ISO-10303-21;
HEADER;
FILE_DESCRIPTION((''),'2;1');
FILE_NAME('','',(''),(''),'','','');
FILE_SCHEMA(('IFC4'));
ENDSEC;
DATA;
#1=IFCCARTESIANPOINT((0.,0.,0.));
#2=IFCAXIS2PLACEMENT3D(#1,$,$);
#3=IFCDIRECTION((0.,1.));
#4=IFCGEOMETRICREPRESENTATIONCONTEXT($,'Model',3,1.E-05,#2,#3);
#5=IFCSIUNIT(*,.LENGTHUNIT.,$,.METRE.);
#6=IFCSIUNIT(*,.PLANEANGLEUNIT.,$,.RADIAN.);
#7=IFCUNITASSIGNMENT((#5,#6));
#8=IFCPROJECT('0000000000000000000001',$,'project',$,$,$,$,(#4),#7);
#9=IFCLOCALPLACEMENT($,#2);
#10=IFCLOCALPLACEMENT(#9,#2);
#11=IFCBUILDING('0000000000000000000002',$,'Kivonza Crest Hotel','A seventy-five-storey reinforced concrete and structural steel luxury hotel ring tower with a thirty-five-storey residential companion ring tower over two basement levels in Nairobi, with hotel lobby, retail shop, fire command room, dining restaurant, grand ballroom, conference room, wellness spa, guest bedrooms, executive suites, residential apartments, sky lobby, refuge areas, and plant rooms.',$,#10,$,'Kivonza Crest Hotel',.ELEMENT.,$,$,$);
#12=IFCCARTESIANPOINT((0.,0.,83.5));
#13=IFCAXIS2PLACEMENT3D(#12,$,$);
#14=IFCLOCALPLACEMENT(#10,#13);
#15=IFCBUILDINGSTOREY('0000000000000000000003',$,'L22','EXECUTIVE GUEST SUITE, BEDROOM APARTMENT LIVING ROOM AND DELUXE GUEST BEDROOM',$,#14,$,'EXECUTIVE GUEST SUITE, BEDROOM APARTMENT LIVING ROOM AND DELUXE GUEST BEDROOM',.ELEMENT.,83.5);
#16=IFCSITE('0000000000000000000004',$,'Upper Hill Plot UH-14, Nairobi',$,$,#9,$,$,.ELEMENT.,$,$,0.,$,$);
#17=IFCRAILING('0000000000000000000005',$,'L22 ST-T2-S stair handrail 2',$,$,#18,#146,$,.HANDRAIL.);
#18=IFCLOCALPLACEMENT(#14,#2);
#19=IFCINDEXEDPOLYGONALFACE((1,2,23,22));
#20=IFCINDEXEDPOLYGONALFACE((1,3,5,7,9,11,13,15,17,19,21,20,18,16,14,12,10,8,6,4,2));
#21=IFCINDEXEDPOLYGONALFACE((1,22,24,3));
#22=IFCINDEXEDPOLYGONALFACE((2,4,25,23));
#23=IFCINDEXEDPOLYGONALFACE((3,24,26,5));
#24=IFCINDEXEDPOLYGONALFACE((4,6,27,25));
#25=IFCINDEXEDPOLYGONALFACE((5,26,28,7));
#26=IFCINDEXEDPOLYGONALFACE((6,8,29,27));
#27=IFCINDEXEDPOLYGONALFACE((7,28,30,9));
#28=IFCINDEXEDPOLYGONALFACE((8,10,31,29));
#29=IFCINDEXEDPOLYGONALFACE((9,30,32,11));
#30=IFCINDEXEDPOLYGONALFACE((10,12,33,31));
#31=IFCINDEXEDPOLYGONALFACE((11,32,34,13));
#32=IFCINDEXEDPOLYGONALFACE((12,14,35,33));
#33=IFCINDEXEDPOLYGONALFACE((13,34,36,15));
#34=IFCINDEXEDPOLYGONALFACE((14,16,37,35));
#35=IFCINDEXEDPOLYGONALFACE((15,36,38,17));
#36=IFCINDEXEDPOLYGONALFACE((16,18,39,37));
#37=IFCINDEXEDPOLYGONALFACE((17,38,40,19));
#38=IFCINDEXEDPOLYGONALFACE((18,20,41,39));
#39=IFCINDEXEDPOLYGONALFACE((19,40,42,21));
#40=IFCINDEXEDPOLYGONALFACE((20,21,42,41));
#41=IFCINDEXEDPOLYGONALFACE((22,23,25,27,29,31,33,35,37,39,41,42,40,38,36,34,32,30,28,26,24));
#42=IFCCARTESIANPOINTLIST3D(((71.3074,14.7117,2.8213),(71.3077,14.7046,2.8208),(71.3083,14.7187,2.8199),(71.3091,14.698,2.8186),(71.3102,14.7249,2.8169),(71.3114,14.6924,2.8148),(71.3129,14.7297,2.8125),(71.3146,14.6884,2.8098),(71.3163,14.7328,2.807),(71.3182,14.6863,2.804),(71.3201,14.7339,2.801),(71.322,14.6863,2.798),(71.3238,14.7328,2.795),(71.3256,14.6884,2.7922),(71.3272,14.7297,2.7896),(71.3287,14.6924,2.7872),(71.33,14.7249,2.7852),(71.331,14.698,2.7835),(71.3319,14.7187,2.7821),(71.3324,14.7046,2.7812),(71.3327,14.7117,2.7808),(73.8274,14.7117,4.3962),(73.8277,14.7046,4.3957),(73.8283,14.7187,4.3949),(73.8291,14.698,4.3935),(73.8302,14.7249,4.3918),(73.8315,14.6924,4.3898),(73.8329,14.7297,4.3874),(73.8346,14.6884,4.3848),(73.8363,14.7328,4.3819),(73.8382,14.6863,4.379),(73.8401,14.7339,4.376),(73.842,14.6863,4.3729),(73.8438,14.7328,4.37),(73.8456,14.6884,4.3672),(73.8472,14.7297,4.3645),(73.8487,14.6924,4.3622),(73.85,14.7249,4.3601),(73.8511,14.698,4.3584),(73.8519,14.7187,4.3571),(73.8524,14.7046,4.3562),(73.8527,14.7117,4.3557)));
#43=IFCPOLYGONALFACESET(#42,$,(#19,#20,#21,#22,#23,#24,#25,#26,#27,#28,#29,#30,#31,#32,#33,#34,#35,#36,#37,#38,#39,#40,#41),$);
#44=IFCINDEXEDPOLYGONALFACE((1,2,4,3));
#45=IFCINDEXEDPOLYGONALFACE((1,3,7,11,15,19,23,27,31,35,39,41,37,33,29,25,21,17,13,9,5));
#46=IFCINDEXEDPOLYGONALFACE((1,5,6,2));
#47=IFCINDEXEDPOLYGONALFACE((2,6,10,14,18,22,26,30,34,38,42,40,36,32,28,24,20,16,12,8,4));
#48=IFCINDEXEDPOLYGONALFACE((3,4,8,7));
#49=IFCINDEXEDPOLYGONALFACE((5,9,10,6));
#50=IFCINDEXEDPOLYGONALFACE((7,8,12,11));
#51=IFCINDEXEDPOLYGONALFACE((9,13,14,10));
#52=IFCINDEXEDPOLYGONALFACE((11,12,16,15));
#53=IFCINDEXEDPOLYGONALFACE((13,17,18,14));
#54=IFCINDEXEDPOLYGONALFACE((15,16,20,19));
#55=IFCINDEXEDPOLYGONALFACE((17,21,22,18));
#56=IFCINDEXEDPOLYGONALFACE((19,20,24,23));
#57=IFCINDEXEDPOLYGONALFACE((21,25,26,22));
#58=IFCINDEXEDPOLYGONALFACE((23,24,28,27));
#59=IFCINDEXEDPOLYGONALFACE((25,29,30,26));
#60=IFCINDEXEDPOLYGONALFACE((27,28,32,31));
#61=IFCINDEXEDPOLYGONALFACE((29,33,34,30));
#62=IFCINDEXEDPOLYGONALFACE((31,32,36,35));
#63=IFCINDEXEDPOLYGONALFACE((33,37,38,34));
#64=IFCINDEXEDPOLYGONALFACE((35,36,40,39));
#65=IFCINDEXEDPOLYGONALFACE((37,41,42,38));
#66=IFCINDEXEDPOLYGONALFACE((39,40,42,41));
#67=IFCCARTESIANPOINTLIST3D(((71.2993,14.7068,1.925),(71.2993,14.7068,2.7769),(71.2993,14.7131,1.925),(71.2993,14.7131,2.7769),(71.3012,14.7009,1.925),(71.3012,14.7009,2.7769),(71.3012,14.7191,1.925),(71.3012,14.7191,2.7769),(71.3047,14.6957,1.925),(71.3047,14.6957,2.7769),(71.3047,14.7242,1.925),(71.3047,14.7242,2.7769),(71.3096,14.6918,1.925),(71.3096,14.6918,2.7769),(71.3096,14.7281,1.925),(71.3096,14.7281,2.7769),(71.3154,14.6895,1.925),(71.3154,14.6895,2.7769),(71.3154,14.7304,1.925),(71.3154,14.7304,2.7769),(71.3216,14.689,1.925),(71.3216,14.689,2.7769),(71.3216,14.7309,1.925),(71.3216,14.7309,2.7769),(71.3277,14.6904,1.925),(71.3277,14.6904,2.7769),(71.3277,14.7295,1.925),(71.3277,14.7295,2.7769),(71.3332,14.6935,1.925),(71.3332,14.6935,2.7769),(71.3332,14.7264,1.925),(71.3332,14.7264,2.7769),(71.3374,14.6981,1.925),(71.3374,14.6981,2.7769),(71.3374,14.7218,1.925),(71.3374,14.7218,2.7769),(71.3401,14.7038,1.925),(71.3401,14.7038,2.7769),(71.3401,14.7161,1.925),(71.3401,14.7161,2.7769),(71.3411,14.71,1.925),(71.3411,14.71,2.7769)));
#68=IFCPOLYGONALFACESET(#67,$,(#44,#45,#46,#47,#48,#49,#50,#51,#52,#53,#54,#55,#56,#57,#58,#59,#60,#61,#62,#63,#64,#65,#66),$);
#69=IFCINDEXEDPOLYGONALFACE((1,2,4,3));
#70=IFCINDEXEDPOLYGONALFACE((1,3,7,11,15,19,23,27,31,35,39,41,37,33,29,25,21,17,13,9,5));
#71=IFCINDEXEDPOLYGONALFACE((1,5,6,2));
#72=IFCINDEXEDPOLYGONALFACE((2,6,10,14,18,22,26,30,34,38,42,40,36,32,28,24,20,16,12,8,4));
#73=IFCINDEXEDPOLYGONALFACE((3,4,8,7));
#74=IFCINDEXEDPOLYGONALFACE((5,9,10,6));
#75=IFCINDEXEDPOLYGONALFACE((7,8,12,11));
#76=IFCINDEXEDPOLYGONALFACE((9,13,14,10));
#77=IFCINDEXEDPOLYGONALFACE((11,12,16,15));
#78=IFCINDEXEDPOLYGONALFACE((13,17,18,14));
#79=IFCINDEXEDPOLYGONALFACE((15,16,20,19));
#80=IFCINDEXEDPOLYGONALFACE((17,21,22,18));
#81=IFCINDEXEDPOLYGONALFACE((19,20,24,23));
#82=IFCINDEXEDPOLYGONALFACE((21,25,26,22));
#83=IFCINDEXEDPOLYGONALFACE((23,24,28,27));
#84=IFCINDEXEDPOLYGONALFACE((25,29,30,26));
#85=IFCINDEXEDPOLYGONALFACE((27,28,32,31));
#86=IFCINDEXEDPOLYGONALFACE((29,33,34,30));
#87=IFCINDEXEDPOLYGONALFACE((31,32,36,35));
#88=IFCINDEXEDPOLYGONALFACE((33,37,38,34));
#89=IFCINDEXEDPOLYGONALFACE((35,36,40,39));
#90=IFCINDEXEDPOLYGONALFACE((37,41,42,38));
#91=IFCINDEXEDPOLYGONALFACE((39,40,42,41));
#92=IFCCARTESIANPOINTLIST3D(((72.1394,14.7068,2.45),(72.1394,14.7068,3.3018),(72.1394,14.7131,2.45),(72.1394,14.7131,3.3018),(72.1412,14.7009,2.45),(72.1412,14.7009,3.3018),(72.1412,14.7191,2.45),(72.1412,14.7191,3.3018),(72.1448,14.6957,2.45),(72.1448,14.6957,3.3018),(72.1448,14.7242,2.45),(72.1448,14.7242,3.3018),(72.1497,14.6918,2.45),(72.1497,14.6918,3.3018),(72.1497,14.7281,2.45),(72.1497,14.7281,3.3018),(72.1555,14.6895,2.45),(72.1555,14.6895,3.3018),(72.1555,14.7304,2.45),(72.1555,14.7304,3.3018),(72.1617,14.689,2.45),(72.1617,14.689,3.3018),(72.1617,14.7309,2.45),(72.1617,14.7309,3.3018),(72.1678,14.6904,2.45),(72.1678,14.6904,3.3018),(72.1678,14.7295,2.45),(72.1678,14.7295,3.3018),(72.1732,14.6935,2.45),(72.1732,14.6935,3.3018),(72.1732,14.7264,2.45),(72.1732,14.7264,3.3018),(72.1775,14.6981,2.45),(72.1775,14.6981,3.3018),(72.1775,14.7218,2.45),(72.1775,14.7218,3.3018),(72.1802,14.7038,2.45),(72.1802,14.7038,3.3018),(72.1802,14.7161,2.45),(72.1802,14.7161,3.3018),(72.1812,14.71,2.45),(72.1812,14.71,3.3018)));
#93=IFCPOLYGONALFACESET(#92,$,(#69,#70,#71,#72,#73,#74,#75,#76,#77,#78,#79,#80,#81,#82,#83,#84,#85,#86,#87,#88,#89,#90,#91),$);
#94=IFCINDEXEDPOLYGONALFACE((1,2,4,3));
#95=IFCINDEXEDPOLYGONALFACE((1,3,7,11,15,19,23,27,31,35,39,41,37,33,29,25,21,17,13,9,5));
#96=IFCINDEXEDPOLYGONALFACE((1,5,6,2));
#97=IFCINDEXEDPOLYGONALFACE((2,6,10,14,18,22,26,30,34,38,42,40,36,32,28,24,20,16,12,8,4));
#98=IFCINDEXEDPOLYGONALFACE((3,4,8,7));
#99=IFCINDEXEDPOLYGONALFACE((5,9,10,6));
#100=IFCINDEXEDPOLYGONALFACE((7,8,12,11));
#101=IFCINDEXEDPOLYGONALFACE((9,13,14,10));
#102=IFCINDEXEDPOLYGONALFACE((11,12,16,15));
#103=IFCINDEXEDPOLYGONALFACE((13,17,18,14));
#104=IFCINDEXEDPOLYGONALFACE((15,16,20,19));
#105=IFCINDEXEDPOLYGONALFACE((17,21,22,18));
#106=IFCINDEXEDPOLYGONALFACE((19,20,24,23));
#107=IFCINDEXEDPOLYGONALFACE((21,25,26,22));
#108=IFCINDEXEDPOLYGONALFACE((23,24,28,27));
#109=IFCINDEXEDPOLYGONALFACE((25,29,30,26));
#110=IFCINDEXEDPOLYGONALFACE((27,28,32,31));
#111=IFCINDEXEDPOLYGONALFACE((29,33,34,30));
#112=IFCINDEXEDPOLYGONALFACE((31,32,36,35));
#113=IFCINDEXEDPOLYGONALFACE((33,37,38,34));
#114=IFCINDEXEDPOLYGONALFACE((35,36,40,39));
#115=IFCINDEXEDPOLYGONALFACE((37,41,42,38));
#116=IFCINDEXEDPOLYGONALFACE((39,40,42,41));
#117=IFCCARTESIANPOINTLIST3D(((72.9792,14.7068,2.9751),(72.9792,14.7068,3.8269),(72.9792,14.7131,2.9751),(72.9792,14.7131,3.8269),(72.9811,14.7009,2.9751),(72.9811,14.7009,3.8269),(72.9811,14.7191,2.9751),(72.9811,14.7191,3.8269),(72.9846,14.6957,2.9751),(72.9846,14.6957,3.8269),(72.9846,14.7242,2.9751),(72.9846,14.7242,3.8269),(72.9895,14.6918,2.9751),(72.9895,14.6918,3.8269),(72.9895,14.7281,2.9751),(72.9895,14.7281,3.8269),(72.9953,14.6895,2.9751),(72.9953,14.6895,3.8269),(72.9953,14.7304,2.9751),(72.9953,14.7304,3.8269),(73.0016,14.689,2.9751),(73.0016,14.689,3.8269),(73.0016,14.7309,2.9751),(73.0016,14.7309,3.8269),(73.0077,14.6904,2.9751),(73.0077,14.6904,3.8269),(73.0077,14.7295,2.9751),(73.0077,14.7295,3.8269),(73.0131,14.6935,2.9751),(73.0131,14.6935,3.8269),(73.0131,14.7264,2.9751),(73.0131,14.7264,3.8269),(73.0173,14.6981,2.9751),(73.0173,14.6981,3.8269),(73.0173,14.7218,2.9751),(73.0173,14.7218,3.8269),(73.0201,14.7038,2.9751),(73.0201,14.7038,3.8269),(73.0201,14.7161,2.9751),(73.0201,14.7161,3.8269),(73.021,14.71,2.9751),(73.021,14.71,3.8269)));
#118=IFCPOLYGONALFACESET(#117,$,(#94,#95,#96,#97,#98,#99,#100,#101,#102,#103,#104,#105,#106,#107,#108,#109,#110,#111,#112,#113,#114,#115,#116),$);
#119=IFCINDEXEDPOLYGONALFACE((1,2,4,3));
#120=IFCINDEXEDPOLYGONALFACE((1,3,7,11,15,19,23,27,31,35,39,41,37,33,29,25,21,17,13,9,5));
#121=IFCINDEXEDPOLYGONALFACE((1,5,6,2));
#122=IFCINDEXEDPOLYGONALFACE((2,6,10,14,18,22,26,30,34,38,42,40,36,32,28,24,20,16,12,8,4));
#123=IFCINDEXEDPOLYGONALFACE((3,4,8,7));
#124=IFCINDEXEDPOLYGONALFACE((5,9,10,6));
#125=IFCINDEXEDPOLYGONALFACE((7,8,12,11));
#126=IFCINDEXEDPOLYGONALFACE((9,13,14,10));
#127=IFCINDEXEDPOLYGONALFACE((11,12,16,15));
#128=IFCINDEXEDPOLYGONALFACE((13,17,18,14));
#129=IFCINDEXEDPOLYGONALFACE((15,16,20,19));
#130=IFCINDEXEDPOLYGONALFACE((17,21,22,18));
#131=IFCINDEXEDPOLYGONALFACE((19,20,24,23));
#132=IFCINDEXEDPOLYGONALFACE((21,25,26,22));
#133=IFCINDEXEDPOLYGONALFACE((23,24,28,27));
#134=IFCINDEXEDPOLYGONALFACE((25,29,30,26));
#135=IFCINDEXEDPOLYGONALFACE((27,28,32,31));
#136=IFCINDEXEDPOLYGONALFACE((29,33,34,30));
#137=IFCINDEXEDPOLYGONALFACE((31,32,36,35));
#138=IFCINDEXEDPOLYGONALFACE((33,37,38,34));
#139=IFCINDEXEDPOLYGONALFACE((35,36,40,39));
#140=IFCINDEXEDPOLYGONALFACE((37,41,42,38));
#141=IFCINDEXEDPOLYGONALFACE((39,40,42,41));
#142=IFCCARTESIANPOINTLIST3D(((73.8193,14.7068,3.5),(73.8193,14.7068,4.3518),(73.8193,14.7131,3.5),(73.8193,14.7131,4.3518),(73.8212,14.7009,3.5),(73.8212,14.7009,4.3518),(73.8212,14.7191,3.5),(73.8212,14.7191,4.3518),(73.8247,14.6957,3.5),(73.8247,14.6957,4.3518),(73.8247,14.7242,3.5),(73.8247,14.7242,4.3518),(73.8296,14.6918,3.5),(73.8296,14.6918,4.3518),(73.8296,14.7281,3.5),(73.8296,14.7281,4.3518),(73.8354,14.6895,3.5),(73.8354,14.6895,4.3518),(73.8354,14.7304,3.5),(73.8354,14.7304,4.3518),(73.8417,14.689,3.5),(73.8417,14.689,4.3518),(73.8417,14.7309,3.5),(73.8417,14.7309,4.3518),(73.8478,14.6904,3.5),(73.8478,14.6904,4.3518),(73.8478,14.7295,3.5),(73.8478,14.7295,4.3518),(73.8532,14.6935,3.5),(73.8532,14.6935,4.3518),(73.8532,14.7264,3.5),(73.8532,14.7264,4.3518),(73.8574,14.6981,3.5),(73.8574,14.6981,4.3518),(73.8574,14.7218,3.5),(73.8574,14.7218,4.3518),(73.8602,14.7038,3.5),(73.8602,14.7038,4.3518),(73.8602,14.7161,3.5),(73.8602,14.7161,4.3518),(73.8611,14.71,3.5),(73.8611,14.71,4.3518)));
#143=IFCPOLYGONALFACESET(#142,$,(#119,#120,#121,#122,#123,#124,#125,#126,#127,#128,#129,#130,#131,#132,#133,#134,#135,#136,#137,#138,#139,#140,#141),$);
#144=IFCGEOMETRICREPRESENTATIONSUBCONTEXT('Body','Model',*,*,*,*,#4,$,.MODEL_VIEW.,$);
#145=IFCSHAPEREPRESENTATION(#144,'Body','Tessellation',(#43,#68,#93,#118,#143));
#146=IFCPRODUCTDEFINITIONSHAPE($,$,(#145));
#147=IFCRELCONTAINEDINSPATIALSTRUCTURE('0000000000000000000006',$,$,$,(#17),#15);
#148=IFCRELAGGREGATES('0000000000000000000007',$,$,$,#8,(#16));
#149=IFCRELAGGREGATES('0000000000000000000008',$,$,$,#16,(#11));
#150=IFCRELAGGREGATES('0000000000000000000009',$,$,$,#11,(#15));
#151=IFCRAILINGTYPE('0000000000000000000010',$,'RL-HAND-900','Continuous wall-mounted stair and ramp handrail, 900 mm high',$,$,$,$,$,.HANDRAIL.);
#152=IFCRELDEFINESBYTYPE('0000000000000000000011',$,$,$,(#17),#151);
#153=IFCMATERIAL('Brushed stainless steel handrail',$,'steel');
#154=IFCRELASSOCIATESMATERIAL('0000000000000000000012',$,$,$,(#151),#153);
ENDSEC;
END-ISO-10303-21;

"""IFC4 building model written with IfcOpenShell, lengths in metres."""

from ifc_helpers import new_model, si_unit, direction, frame, origin, origin_2d, place, context, subcontext, project, spatial, circle, extrude, material, type_object, element, save


model = new_model("IFC4")

# Units and contexts
model_context = context("Model", 3, precision=1e-05, world=origin(), true_north=direction((0.0, 1.0)))
body_context = subcontext(model_context, "Body", "Model", "MODEL_VIEW")
ifc_project = project(units=[si_unit("LENGTHUNIT", "METRE"), si_unit("PLANEANGLEUNIT", "RADIAN")], contexts=[model_context])

# Site, building, storey
site_placement = place(None, origin())
site = spatial("IfcSite", under=ifc_project, at=site_placement, Name="Upper Hill Plot UH-14, Nairobi", CompositionType="ELEMENT", RefElevation=0.0)
building_placement = place(site_placement, origin())
building = spatial("IfcBuilding", under=site, at=building_placement, Name="Kivonza Crest Hotel", Description="A seventy-five-storey reinforced concrete and structural steel luxury hotel ring tower with a thirty-five-storey residential companion ring tower over two basement levels in Nairobi, with hotel lobby, retail shop, fire command room, dining restaurant, grand ballroom, conference room, wellness spa, guest bedrooms, executive suites, residential apartments, sky lobby, refuge areas, and plant rooms.", LongName="Kivonza Crest Hotel", CompositionType="ELEMENT")
storey_placement = place(building_placement, frame((0.0, 0.0, 83.5)))
storey = spatial("IfcBuildingStorey", under=building, at=storey_placement, Name="L22", Description="EXECUTIVE GUEST SUITE, BEDROOM APARTMENT LIVING ROOM AND DELUXE GUEST BEDROOM", LongName="EXECUTIVE GUEST SUITE, BEDROOM APARTMENT LIVING ROOM AND DELUXE GUEST BEDROOM", CompositionType="ELEMENT", Elevation=83.5)

# Railing
ifc_material_1 = material(Name="Brushed stainless steel handrail", Category="steel")
railing_type = type_object("IfcRailingType", Name="RL-HAND-900", Description="Continuous wall-mounted stair and ramp handrail, 900 mm high", PredefinedType="HANDRAIL", material=ifc_material_1)
railing_placement = place(storey_placement, frame((71.3201, 14.71, 1.925)))
element("IfcRailing", 1, at=railing_placement, inside=storey, type_object=railing_type, Name="L22 ST-T2-S stair handrail 2", PredefinedType="HANDRAIL", context=body_context, shape_type="SweptSolid", body=[
    extrude(circle(Radius=0.0239, at=origin_2d()), frame((0.0, 0.0, 0.876), z_axis=(0.848008, 0.0, 0.529984), x_axis=(0.0, 1.0, 0.0)), (0.0, 0.0, 1.0), 2.9717),
    extrude(circle(Radius=0.021, at=origin_2d()), origin(), (0.0, 0.0, 1.0), 0.8518),
    extrude(circle(Radius=0.021, at=origin_2d()), frame((0.8401, 0.0, 0.5249)), (0.0, 0.0, 1.0), 0.8518),
    extrude(circle(Radius=0.021, at=origin_2d()), frame((1.6799, 0.0, 1.05)), (0.0, 0.0, 1.0), 0.8518),
    extrude(circle(Radius=0.021, at=origin_2d()), frame((2.52, 0.0, 1.575)), (0.0, 0.0, 1.0), 0.8518),
])

save(model, "model.ifc")
